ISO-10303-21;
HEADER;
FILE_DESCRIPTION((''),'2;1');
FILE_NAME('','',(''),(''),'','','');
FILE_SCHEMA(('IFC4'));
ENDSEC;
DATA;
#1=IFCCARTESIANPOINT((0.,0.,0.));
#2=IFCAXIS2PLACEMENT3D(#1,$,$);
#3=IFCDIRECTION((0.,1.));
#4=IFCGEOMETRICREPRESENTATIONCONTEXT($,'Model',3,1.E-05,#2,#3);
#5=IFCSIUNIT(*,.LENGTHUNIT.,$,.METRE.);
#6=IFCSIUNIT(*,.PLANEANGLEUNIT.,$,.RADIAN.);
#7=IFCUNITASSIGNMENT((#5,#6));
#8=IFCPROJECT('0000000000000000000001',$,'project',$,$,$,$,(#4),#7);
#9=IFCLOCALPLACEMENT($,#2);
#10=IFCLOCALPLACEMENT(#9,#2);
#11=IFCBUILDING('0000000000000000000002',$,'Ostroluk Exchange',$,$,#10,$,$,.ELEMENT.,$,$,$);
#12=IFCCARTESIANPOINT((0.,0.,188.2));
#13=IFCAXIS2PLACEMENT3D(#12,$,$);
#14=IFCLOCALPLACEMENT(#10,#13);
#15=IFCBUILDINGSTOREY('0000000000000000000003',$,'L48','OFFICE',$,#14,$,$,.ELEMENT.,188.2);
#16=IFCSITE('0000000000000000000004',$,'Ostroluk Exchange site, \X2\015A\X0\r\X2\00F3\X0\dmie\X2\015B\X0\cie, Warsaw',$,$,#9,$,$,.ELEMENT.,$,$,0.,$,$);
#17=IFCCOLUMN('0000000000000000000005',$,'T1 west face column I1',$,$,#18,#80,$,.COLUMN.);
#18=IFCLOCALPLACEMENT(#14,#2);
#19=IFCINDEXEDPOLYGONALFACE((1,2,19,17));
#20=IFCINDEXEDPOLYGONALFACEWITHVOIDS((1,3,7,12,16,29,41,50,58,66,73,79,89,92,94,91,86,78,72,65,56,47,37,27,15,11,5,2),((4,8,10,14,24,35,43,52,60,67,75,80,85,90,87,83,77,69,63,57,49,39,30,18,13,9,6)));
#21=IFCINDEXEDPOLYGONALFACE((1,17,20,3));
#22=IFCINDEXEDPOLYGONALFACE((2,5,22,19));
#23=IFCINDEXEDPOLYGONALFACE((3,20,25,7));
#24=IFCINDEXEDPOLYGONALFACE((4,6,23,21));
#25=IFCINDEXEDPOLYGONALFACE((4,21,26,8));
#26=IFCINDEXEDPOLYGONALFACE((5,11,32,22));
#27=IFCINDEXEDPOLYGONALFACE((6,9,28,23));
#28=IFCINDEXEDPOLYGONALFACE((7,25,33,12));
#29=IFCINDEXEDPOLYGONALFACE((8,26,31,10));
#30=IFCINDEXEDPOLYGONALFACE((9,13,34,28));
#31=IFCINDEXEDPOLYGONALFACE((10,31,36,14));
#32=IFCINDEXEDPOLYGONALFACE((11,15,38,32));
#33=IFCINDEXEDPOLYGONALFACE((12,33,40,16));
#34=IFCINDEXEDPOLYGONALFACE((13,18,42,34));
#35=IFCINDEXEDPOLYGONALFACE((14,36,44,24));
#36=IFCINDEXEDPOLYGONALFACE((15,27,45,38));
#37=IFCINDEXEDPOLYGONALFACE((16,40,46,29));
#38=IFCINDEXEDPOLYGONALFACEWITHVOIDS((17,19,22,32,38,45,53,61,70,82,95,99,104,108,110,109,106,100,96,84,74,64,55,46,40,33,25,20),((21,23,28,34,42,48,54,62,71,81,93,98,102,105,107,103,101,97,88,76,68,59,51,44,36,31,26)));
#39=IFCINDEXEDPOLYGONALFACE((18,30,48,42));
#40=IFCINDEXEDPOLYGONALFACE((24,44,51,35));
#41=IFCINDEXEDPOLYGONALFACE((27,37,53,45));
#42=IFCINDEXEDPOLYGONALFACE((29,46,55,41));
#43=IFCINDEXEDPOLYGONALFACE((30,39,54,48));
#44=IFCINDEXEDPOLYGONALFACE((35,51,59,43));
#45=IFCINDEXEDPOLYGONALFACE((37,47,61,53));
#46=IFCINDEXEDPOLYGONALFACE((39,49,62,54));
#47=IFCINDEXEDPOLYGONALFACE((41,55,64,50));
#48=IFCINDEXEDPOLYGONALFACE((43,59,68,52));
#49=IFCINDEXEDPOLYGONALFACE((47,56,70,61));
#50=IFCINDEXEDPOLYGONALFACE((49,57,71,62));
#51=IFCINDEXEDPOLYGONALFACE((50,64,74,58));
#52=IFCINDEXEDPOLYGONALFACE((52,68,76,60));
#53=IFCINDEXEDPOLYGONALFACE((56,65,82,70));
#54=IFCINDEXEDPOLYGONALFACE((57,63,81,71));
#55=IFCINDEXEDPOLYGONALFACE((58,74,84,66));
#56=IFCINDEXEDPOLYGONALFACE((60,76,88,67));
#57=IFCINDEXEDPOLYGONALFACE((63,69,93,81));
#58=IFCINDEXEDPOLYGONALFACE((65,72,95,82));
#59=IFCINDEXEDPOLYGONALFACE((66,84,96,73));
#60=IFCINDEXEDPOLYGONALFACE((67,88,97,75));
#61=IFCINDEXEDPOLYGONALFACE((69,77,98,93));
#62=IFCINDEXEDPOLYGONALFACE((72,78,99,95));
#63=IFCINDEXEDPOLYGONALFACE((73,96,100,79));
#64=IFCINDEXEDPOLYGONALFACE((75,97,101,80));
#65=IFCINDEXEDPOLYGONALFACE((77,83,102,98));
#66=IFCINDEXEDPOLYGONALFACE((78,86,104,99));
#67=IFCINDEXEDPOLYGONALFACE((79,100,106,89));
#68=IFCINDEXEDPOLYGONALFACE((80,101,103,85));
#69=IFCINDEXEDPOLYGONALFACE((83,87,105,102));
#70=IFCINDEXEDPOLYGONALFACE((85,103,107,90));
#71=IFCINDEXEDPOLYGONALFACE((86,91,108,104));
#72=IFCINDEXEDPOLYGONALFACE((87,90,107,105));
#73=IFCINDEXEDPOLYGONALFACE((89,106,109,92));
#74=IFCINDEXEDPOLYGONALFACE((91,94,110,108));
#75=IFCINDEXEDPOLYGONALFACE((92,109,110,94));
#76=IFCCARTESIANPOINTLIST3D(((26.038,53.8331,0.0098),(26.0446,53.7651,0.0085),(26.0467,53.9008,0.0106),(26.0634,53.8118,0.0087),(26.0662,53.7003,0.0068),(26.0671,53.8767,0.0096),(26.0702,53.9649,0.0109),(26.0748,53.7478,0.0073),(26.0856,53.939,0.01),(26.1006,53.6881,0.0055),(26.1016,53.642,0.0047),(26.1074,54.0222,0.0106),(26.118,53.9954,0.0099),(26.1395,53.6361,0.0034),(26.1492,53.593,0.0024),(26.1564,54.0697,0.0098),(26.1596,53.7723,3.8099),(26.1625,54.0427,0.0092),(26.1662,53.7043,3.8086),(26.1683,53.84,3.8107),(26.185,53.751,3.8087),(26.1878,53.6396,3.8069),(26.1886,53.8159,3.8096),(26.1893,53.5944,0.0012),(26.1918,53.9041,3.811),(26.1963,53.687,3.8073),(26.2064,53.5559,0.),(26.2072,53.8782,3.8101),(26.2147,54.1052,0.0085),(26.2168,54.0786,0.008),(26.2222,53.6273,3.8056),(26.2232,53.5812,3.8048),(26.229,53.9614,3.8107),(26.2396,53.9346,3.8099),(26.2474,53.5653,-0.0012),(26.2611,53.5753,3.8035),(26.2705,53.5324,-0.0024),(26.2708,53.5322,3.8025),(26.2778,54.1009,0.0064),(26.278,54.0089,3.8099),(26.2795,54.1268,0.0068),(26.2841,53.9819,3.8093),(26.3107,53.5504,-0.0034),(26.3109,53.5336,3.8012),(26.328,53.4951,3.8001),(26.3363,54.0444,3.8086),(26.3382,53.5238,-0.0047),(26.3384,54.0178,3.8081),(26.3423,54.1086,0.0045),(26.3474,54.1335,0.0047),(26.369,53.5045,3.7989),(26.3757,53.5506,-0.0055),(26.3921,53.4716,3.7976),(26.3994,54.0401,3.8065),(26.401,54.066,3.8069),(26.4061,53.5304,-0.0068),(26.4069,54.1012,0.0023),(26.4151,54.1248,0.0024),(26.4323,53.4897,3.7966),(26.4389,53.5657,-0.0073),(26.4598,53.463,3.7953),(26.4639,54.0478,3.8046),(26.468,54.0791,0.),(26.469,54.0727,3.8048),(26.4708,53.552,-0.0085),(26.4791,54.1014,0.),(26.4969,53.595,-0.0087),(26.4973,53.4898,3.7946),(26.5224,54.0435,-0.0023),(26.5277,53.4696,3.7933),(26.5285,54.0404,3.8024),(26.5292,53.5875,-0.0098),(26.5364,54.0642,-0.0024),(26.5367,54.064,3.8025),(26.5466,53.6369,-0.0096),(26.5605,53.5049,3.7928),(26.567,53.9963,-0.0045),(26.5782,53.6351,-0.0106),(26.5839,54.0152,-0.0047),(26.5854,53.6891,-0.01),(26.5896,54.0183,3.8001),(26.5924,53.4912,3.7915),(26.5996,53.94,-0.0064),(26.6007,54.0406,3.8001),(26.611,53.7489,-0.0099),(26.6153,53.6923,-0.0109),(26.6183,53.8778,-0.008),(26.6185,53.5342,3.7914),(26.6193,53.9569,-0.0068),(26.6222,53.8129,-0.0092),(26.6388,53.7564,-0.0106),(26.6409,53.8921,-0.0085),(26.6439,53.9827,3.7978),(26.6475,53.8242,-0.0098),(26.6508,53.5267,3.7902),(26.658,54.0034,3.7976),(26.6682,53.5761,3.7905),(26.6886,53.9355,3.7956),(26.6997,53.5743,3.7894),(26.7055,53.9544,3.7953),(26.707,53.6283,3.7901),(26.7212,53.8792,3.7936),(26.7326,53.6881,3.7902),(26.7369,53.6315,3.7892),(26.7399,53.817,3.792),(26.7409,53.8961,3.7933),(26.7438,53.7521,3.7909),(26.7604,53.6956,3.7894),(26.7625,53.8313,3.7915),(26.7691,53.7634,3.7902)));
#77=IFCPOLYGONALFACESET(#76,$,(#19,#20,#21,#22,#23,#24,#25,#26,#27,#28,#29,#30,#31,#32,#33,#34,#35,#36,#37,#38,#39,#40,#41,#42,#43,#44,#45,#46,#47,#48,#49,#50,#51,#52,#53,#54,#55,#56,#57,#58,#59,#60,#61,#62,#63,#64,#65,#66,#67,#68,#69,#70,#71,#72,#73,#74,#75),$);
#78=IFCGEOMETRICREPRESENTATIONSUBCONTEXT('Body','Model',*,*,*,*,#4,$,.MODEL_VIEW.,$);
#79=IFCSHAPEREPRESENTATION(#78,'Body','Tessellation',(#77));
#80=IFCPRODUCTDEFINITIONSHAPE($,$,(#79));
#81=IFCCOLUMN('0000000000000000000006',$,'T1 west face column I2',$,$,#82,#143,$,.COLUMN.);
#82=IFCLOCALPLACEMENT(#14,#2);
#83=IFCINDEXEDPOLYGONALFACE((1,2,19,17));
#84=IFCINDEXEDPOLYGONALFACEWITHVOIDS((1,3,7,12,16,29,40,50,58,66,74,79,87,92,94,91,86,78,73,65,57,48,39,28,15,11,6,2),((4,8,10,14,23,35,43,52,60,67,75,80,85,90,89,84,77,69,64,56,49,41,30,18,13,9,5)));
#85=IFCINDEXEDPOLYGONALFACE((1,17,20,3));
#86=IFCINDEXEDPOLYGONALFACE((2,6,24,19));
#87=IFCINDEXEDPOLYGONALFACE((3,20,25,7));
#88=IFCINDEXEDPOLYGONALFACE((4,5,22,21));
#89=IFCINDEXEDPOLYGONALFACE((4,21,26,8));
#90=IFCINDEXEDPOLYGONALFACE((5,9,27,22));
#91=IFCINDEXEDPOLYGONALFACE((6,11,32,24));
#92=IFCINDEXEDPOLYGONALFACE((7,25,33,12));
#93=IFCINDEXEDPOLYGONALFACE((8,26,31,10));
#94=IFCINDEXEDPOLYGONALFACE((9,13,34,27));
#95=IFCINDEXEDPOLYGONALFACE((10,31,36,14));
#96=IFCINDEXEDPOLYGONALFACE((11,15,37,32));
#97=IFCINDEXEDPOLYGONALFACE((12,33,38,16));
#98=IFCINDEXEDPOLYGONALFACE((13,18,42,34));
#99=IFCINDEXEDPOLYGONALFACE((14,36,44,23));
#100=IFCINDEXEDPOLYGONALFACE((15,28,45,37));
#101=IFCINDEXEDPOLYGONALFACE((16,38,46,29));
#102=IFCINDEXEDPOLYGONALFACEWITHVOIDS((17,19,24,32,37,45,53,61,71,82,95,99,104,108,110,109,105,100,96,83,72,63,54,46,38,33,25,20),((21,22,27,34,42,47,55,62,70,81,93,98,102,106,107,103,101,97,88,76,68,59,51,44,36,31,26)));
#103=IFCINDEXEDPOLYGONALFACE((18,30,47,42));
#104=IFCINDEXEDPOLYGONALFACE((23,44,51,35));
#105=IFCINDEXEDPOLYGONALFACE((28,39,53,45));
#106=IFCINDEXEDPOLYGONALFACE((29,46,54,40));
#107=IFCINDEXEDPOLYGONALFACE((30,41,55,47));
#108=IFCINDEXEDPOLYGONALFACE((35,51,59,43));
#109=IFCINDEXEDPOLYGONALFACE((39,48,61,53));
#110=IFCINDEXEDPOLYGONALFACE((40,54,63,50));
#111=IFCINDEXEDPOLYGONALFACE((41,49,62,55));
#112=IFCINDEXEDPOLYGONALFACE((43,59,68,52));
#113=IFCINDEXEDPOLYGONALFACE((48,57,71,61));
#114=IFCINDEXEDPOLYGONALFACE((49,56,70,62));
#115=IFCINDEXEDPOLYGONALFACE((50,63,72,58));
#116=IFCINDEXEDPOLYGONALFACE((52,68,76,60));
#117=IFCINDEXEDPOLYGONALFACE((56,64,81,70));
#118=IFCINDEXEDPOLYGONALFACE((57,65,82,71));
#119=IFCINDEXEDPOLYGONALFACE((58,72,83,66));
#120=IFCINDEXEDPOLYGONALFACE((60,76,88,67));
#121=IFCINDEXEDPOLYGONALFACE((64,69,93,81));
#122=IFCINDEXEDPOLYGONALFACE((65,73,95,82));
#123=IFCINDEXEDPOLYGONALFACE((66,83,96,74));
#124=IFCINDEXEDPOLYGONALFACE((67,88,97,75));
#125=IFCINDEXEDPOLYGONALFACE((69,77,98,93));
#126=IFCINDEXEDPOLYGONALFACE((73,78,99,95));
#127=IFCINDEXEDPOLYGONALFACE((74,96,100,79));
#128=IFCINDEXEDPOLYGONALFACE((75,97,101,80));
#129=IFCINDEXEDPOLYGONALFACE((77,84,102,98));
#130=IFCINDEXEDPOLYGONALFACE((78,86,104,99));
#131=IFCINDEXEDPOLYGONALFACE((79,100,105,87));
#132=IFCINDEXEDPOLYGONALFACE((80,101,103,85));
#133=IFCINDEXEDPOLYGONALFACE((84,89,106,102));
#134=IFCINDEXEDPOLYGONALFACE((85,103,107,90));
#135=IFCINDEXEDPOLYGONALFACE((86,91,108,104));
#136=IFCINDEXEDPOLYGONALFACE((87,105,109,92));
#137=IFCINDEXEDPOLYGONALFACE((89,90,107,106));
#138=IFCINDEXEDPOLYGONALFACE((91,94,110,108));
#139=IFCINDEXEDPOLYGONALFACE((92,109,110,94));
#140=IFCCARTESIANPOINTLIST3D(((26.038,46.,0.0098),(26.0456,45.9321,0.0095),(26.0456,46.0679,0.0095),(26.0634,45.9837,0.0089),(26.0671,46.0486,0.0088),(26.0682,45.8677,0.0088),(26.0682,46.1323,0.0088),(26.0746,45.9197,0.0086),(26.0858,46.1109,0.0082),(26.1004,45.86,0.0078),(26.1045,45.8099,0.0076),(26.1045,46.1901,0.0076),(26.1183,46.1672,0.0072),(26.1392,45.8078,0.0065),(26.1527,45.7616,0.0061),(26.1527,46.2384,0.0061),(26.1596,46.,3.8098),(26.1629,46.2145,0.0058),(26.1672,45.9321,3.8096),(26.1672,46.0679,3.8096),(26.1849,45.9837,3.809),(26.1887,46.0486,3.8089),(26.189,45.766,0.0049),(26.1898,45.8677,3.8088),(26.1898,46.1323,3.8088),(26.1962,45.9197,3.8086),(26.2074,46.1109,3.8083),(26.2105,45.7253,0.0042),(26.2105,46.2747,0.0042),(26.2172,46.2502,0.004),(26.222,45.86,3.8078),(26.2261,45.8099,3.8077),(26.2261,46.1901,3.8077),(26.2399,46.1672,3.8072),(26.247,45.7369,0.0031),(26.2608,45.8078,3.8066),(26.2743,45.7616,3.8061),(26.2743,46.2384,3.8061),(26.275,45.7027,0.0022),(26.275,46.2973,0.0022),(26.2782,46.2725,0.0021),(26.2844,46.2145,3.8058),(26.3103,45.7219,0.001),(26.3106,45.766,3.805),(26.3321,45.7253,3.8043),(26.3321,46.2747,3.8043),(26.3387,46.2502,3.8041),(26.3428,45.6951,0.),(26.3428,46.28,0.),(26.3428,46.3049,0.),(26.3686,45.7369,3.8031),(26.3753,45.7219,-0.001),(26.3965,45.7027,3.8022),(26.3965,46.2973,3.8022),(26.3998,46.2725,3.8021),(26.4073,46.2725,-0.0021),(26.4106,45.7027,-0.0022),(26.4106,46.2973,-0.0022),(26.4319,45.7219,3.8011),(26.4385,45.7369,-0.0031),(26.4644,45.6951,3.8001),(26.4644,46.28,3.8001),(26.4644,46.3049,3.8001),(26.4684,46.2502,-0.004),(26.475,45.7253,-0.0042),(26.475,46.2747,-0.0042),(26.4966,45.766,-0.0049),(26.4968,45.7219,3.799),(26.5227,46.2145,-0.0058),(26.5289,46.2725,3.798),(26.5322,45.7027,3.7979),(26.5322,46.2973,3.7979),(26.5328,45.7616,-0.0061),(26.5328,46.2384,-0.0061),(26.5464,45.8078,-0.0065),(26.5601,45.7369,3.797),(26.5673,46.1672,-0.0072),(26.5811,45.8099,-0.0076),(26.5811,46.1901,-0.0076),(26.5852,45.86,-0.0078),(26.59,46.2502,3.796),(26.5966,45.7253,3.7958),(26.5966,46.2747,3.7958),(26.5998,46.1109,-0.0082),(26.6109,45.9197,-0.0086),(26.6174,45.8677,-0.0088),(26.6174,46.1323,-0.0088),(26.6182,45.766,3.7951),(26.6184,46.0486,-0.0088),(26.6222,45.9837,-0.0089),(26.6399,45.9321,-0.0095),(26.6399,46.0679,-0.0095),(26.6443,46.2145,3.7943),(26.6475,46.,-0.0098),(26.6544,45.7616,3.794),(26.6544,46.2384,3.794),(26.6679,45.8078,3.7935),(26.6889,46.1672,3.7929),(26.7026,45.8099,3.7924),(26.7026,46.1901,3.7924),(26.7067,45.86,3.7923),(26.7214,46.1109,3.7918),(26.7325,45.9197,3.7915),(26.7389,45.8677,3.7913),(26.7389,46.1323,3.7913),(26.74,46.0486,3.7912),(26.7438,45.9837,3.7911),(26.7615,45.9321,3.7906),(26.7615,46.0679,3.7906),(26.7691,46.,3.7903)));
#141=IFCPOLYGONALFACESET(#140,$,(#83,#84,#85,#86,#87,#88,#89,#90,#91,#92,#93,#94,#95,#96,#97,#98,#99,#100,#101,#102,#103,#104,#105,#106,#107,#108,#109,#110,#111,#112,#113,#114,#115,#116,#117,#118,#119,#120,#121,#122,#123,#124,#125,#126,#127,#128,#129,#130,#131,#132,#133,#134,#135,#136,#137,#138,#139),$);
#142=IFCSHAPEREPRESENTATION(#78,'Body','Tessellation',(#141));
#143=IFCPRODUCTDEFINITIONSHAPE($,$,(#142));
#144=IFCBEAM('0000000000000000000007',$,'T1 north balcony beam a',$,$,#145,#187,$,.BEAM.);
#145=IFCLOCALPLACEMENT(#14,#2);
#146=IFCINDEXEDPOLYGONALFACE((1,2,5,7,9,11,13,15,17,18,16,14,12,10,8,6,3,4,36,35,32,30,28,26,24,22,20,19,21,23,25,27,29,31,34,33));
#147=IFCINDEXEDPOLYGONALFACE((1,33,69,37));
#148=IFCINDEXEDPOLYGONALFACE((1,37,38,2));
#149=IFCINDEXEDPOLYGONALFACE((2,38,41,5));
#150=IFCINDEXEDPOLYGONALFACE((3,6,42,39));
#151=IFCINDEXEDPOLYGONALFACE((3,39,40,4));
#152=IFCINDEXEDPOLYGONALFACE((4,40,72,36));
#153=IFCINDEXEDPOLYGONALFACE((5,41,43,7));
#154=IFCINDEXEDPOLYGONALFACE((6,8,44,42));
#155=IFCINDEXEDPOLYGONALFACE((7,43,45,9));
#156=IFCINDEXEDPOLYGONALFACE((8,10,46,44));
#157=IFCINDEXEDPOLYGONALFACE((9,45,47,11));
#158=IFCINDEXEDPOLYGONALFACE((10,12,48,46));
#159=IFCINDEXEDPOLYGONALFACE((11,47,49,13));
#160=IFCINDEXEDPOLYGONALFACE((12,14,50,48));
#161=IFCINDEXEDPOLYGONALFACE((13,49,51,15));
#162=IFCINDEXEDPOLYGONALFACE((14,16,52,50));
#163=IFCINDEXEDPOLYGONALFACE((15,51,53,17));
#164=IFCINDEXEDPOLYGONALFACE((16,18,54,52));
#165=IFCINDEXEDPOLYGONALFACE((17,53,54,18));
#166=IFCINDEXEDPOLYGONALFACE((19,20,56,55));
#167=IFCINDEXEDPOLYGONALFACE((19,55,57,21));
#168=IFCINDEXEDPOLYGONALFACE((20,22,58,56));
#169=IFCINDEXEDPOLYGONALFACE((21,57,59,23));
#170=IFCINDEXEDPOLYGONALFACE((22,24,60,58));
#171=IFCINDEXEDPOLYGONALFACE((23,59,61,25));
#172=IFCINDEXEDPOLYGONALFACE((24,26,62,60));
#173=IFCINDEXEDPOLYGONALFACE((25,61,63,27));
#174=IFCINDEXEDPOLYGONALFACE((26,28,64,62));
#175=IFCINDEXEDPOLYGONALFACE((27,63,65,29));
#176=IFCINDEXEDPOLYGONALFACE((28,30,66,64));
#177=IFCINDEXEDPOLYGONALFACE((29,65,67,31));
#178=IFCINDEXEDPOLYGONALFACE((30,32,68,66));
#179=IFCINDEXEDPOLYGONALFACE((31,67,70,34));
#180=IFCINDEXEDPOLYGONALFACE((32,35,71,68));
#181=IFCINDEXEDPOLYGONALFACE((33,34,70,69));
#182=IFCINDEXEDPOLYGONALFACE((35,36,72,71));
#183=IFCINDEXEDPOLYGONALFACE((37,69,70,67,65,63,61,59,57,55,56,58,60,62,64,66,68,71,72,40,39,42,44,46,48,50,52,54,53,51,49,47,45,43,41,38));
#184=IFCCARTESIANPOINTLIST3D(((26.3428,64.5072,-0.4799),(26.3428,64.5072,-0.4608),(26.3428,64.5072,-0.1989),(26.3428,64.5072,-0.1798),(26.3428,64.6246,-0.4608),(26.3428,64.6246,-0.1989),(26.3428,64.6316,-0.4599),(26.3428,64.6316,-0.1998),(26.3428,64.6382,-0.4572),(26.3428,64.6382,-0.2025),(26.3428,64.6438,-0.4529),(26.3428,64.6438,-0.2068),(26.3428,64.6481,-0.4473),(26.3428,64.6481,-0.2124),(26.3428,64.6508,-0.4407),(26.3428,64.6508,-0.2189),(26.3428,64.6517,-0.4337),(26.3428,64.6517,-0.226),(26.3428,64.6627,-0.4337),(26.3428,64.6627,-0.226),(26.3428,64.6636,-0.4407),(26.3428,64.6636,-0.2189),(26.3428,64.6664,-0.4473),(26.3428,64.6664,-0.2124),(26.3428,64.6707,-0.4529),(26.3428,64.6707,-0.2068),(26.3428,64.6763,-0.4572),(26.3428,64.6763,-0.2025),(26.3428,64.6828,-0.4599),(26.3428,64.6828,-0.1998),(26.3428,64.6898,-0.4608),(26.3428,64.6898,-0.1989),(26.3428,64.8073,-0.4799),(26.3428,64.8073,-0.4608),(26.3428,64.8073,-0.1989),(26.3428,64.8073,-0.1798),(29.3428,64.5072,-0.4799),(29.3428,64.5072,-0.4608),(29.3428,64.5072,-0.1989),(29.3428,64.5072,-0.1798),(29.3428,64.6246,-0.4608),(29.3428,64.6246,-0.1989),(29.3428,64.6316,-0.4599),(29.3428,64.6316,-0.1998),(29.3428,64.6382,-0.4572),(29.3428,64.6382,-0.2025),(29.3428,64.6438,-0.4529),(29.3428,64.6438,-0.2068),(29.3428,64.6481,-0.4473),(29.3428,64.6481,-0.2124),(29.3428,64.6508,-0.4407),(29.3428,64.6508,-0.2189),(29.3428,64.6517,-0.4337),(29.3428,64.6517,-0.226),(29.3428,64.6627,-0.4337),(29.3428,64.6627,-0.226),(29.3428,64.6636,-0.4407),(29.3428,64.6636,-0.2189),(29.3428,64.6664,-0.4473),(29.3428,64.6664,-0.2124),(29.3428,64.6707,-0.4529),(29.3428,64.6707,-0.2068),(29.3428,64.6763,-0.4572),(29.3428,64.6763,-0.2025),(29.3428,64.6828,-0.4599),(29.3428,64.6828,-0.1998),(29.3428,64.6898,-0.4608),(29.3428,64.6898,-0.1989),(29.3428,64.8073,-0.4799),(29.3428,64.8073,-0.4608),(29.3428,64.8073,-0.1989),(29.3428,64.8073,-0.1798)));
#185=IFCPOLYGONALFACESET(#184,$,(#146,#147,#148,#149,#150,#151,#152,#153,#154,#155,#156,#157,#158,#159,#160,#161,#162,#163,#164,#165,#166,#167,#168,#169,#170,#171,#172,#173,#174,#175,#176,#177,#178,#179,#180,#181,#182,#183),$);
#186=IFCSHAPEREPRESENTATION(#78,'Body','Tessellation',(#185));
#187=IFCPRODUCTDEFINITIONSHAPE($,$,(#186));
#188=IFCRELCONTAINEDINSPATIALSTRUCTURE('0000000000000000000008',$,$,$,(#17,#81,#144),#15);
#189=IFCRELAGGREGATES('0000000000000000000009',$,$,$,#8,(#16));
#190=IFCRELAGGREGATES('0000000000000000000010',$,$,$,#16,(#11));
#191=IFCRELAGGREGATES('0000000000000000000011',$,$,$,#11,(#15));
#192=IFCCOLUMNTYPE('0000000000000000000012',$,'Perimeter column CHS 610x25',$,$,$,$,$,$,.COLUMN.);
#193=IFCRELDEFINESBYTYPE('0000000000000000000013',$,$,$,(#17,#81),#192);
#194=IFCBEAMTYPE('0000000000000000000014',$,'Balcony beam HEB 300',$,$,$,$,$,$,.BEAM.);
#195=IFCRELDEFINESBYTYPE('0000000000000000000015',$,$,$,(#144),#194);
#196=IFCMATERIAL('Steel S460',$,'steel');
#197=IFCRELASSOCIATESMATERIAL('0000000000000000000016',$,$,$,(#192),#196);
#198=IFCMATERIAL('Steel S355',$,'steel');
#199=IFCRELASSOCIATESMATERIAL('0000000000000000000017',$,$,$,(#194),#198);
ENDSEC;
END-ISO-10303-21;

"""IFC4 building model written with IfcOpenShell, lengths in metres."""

from ifc_helpers import new_model, si_unit, direction, frame, origin, origin_2d, place, context, subcontext, project, spatial, hollow_circle, i_section, extrude, material, material_profile, profile_set, type_object, element, save


model = new_model("IFC4")

# Units and contexts
model_context = context("Model", 3, precision=1e-05, world=origin(), true_north=direction((0.0, 1.0)))
body_context = subcontext(model_context, "Body", "Model", "MODEL_VIEW")
ifc_project = project(units=[si_unit("LENGTHUNIT", "METRE"), si_unit("PLANEANGLEUNIT", "RADIAN")], contexts=[model_context])

# Site, building, storey
site_placement = place(None, origin())
site = spatial("IfcSite", under=ifc_project, at=site_placement, Name="Ostroluk Exchange site, Śródmieście, Warsaw", CompositionType="ELEMENT", RefElevation=0.0)
building_placement = place(site_placement, origin())
building = spatial("IfcBuilding", under=site, at=building_placement, Name="Ostroluk Exchange", CompositionType="ELEMENT")
storey_placement = place(building_placement, frame((0.0, 0.0, 188.2)))
storey = spatial("IfcBuildingStorey", under=building, at=storey_placement, Name="L48", Description="OFFICE", CompositionType="ELEMENT", Elevation=188.2)

# Columns
ifc_material_1 = material(Name="Steel S460", Category="steel")
ifc_material_profile_1 = material_profile(ifc_material_1, hollow_circle(Radius=0.3049, WallThickness=0.0249, at=origin_2d()), Name="CHS 610x25")
ifc_profile_set_1 = profile_set([ifc_material_profile_1], Name="Steel S460")
column_type_1 = type_object("IfcColumnType", Name="Perimeter column CHS 610x25", PredefinedType="COLUMN", material=ifc_profile_set_1)
column_1_placement = place(storey_placement, frame((26.3428, 53.8286, 0.0), z_axis=(0.031974, -0.015987, 0.999361), x_axis=(0.447214, 0.894427, 0.0)))
element("IfcColumn", 1, at=column_1_placement, inside=storey, type_object=column_type_1, Name="T1 west face column I1", PredefinedType="COLUMN", context=body_context, shape_type="SweptSolid", body=[
    extrude(hollow_circle(Radius=0.3049, WallThickness=0.0249, at=origin_2d()), origin(), (0.0, 0.0, 1.0), 3.8025),
])
column_2_placement = place(storey_placement, frame((26.3428, 46.0, 0.0), z_axis=(0.031978, 0.0, 0.999489), x_axis=(0.0, 1.0, 0.0)))
element("IfcColumn", 2, at=column_2_placement, inside=storey, type_object=column_type_1, Name="T1 west face column I2", PredefinedType="COLUMN", context=body_context, shape_type="SweptSolid", body=[
    extrude(hollow_circle(Radius=0.3049, WallThickness=0.0249, at=origin_2d()), origin(), (0.0, 0.0, 1.0), 3.802),
])

# Beam
ifc_material_2 = material(Name="Steel S355", Category="steel")
ifc_material_profile_2 = material_profile(ifc_material_2, i_section(OverallWidth=0.3, OverallDepth=0.3, WebThickness=0.011, FlangeThickness=0.019, FilletRadius=0.0271, at=origin_2d()), Name="HEB 300")
ifc_profile_set_2 = profile_set([ifc_material_profile_2], Name="Steel S355")
beam_type_1 = type_object("IfcBeamType", Name="Balcony beam HEB 300", PredefinedType="BEAM", material=ifc_profile_set_2)
for number, where, z_axis, x_axis, name in (
    (3, (29.3428, 64.6572, -0.3298), (-1.0, 0.0, 0.0), (0.0, -1.0, 0.0), "T1 north balcony beam a"),
):
    element("IfcBeam", number, at=place(storey_placement, frame(where, z_axis=z_axis, x_axis=x_axis)), inside=storey, type_object=beam_type_1, Name=name, PredefinedType="BEAM", context=body_context, shape_type="SweptSolid", body=[
        extrude(i_section(OverallWidth=0.3, OverallDepth=0.3, WebThickness=0.011, FlangeThickness=0.019, FilletRadius=0.0271, at=origin_2d()), origin(), (0.0, 0.0, 1.0), 3.0),
    ])

save(model, "model.ifc")
